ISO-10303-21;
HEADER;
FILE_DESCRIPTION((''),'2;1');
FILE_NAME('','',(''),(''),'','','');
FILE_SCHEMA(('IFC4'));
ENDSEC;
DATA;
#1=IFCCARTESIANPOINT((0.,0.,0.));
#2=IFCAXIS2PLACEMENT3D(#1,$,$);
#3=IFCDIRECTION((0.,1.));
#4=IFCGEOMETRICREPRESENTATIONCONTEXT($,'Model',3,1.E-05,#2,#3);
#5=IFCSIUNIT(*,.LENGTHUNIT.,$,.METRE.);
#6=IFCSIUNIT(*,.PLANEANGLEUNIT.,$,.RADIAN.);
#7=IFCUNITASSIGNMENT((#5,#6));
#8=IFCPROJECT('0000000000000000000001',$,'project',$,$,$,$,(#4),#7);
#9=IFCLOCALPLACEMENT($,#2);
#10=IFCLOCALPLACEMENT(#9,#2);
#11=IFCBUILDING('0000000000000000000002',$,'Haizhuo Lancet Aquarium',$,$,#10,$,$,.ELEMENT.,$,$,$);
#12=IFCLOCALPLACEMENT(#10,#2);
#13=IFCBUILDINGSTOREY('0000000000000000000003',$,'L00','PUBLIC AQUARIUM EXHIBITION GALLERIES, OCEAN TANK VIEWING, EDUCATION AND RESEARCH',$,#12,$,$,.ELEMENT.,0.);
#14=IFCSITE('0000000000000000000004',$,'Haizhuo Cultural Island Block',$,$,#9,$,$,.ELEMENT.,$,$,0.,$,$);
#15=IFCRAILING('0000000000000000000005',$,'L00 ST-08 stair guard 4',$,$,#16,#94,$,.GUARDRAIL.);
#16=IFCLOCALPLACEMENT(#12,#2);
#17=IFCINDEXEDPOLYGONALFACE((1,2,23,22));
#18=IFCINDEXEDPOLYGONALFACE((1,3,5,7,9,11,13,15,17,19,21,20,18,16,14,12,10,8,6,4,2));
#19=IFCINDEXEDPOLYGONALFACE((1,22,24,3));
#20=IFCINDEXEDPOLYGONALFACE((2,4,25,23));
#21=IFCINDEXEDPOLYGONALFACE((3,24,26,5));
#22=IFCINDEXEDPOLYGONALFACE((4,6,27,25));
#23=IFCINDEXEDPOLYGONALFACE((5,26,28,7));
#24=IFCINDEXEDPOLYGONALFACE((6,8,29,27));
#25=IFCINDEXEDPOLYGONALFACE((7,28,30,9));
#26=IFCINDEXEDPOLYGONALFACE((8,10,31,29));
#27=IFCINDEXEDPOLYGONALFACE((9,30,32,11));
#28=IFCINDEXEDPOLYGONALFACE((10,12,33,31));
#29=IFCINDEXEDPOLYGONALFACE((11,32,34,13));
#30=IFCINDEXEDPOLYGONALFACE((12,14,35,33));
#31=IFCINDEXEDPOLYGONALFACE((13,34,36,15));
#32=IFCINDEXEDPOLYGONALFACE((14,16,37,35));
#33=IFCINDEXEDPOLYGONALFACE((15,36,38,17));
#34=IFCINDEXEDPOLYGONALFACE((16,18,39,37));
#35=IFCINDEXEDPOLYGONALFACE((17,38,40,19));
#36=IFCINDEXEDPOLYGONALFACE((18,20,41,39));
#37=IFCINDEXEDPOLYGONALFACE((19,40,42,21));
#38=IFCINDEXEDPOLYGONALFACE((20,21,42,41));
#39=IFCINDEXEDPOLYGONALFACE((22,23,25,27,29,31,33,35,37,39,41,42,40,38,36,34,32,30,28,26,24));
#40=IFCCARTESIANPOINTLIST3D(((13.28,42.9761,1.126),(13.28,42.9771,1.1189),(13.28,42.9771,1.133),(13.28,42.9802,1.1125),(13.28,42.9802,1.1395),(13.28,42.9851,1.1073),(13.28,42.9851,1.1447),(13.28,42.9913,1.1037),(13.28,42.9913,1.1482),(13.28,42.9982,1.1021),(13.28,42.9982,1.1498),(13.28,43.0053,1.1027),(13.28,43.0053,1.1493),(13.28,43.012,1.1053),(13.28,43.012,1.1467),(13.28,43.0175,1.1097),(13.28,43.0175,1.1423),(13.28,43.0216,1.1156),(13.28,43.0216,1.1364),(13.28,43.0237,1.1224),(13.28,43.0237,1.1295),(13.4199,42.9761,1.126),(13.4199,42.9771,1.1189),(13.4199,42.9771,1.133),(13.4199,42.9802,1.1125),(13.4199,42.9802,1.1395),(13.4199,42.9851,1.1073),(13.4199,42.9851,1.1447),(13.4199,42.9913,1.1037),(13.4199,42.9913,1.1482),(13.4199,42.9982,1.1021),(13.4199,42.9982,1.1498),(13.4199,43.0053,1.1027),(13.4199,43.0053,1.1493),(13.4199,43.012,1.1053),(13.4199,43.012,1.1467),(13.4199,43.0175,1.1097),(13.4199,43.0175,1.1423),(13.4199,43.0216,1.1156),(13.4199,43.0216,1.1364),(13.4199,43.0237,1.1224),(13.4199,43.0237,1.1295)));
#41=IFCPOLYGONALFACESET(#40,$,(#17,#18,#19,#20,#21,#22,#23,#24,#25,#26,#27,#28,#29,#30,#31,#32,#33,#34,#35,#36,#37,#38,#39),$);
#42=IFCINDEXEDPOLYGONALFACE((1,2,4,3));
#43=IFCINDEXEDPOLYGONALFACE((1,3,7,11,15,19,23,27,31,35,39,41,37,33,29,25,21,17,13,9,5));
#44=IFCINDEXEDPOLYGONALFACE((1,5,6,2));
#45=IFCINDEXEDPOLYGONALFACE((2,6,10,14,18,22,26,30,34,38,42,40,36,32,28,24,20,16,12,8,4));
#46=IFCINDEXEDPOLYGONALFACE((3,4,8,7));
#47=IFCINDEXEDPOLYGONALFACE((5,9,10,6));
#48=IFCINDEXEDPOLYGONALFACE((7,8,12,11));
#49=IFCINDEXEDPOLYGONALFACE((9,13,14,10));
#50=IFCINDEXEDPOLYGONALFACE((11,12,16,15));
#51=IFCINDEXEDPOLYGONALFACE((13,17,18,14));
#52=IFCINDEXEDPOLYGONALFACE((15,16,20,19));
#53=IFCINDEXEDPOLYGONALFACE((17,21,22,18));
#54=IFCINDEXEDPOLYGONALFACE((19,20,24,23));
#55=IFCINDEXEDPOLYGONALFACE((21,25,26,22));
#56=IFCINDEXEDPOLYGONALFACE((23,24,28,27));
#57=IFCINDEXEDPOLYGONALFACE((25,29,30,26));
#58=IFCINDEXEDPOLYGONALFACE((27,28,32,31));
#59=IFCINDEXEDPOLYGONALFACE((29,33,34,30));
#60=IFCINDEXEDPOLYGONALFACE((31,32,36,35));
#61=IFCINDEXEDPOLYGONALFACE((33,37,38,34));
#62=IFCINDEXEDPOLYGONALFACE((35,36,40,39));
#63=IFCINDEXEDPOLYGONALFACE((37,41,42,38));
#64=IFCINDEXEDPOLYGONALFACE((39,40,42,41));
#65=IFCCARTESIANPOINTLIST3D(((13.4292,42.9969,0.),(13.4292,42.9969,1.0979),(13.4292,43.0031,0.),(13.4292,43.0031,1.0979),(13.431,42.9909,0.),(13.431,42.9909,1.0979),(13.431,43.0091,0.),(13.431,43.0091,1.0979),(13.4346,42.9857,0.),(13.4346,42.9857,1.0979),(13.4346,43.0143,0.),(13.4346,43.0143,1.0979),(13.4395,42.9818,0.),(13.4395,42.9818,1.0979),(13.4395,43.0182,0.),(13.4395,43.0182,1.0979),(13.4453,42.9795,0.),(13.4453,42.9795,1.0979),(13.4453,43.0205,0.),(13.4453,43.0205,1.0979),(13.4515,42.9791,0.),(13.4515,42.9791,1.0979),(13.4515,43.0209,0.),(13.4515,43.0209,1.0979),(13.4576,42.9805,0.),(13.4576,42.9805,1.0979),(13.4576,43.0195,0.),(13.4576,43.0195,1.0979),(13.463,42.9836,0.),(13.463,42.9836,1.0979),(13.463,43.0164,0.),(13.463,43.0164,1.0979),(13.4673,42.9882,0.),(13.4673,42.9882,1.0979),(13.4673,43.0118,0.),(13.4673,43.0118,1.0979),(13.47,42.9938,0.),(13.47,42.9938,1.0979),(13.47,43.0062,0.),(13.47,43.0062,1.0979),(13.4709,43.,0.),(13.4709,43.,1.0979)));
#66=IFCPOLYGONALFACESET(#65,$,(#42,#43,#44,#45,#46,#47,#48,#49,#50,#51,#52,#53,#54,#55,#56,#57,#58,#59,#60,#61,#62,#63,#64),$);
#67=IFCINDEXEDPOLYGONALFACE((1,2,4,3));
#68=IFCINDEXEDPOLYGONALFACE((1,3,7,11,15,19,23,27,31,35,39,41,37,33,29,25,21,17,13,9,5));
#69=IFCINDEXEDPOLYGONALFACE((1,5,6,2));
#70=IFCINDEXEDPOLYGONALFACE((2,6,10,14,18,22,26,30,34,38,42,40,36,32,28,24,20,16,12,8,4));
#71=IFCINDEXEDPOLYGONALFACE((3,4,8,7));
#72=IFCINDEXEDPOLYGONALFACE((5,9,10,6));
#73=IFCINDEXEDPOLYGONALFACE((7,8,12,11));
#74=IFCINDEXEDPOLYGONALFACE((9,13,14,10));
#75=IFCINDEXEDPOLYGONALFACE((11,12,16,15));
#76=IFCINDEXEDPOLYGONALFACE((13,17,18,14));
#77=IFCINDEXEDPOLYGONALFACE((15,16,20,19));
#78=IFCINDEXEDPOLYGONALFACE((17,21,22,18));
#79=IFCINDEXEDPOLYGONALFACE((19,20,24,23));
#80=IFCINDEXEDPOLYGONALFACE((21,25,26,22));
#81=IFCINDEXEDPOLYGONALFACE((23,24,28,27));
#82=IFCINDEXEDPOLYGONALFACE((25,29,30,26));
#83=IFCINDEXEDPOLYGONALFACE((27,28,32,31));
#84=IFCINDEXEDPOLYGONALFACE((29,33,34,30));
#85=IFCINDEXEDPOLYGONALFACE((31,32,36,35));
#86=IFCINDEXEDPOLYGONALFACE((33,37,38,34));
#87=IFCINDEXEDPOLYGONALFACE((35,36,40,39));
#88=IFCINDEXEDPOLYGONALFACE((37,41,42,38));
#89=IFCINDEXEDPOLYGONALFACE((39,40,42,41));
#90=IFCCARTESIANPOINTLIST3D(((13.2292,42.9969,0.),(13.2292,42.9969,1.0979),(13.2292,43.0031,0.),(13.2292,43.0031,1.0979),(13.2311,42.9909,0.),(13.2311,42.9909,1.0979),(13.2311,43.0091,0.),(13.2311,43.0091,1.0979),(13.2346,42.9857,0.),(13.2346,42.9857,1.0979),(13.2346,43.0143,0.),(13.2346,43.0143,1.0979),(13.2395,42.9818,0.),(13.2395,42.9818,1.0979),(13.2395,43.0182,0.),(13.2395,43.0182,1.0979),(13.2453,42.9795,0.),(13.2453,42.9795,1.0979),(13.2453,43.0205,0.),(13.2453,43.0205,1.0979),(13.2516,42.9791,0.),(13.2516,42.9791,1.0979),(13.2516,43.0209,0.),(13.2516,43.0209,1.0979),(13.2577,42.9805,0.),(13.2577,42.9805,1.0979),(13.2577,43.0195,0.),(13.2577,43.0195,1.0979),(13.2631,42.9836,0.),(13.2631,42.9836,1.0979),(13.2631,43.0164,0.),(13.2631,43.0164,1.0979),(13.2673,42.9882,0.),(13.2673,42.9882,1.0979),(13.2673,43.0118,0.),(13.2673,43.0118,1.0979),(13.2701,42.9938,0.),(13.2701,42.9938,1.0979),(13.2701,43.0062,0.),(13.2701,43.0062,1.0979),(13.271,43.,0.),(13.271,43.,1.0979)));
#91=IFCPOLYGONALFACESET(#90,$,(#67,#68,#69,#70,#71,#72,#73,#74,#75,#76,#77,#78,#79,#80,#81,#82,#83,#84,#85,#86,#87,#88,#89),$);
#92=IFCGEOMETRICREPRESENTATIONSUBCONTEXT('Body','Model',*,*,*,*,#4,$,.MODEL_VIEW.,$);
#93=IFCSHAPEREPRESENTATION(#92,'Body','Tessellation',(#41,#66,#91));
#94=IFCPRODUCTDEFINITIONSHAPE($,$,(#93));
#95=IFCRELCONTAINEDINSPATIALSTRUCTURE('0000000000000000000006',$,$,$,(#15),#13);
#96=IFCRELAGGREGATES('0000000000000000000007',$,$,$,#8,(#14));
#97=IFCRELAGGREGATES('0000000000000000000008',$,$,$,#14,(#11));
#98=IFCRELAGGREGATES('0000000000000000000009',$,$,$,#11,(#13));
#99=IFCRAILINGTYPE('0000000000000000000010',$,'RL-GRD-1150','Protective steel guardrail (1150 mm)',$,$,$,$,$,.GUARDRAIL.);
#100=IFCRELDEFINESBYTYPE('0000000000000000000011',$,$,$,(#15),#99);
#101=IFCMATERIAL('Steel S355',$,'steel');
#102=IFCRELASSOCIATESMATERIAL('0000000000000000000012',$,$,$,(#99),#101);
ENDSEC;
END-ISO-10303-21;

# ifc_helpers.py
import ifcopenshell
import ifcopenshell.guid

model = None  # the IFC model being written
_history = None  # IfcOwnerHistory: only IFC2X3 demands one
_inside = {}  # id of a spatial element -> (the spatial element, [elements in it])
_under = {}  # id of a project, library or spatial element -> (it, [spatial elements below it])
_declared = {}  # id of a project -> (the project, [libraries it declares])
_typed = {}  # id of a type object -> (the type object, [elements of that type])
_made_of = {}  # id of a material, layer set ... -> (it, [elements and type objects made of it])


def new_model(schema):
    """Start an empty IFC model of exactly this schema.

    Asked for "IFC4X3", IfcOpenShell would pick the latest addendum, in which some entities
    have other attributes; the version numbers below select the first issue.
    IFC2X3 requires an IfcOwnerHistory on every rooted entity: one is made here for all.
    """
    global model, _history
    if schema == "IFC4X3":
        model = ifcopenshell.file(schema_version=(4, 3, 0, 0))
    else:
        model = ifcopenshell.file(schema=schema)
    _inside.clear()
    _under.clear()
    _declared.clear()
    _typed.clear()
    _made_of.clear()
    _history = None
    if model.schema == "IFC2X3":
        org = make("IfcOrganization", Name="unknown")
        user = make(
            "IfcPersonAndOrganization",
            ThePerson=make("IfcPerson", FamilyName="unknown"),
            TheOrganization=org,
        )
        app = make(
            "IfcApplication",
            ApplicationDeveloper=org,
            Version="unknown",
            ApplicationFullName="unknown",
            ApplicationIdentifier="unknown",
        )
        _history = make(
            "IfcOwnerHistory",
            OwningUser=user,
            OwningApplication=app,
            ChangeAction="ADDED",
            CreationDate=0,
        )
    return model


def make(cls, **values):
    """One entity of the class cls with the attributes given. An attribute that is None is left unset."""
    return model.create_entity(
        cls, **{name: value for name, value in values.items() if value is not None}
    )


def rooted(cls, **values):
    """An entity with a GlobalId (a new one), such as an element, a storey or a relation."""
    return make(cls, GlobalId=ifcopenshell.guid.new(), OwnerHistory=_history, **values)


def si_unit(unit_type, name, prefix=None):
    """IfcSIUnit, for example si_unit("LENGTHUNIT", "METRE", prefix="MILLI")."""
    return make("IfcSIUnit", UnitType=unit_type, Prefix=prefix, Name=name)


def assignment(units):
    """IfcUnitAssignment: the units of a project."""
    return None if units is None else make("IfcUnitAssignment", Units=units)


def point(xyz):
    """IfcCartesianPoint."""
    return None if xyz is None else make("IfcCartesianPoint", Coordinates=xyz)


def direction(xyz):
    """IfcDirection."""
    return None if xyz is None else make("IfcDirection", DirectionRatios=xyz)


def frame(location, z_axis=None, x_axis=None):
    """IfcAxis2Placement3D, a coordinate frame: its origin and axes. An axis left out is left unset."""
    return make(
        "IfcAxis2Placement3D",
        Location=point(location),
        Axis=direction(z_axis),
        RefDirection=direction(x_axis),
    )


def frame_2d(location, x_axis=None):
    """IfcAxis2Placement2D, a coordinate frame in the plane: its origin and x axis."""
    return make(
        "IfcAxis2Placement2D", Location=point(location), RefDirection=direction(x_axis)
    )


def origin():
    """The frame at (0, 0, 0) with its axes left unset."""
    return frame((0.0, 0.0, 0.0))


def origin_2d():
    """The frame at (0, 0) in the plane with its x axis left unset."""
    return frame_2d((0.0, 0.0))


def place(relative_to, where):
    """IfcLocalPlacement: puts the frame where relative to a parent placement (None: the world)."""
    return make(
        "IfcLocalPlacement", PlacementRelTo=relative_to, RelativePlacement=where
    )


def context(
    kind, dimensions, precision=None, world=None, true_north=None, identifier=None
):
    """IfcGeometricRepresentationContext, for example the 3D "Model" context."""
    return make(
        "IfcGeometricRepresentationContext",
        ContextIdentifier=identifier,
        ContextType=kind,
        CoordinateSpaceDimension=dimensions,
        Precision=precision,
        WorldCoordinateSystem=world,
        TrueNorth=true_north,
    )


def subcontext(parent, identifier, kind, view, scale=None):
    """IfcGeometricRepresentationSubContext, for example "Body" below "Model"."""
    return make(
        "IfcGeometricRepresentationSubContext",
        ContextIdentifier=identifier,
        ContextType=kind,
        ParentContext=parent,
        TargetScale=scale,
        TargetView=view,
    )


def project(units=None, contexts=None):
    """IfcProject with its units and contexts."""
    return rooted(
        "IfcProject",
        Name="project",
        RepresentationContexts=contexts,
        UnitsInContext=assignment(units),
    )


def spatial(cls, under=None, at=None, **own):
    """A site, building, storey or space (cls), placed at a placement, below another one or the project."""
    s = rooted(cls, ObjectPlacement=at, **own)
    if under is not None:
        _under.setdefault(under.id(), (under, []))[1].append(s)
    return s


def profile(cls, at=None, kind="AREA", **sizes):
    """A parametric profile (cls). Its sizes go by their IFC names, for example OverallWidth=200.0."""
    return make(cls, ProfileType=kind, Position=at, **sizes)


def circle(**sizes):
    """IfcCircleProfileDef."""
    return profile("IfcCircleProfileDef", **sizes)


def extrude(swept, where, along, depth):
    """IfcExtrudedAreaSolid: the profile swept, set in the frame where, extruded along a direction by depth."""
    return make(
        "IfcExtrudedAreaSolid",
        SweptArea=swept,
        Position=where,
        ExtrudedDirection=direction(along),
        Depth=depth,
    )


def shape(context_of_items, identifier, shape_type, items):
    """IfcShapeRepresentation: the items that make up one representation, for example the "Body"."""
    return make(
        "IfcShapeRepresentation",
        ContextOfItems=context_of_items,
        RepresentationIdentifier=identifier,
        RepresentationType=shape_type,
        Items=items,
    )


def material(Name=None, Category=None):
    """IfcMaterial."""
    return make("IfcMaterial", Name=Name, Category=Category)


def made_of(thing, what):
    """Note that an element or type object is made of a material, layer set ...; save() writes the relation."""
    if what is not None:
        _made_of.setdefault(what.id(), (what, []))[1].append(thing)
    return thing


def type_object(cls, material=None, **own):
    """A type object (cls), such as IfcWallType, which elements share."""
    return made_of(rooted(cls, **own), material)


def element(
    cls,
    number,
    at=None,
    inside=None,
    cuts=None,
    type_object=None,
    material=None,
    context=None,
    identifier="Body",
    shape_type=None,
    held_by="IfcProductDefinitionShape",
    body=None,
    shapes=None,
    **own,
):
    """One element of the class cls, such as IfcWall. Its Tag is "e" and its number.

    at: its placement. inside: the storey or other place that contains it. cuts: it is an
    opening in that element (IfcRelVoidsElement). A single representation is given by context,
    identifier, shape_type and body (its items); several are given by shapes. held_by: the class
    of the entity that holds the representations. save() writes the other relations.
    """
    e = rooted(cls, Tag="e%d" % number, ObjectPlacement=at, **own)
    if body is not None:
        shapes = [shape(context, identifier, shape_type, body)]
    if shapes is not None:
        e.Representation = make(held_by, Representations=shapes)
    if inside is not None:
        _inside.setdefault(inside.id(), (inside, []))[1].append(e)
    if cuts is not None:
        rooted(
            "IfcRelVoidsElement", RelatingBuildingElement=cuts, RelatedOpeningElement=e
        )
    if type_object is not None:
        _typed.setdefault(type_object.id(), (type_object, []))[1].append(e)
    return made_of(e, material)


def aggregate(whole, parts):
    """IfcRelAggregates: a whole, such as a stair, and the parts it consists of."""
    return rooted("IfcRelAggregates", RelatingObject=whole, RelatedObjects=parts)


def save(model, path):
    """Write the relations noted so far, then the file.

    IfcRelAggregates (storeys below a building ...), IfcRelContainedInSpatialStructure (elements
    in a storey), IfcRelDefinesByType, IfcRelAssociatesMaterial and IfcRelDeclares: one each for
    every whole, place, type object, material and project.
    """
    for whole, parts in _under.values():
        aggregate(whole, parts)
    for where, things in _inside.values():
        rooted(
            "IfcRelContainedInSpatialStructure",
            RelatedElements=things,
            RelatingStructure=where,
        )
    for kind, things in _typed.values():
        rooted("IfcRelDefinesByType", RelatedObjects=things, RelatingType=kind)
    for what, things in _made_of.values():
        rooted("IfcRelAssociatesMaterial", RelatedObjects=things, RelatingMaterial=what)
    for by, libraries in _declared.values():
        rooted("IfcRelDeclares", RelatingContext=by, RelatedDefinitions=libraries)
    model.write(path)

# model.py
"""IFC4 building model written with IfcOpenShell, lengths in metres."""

from ifc_helpers import new_model, si_unit, direction, frame, origin, origin_2d, place, context, subcontext, project, spatial, circle, extrude, material, type_object, element, save


model = new_model("IFC4")

# Units and contexts
model_context = context("Model", 3, precision=1e-05, world=origin(), true_north=direction((0.0, 1.0)))
body_context = subcontext(model_context, "Body", "Model", "MODEL_VIEW")
ifc_project = project(units=[si_unit("LENGTHUNIT", "METRE"), si_unit("PLANEANGLEUNIT", "RADIAN")], contexts=[model_context])

# Site, building, storey
site_placement = place(None, origin())
site = spatial("IfcSite", under=ifc_project, at=site_placement, Name="Haizhuo Cultural Island Block", CompositionType="ELEMENT", RefElevation=0.0)
building_placement = place(site_placement, origin())
building = spatial("IfcBuilding", under=site, at=building_placement, Name="Haizhuo Lancet Aquarium", CompositionType="ELEMENT")
storey_placement = place(building_placement, origin())
storey = spatial("IfcBuildingStorey", under=building, at=storey_placement, Name="L00", Description="PUBLIC AQUARIUM EXHIBITION GALLERIES, OCEAN TANK VIEWING, EDUCATION AND RESEARCH", CompositionType="ELEMENT", Elevation=0.0)

# Shared definitions
ifc_material_1 = material(Name="Steel S355", Category="steel")

# Railing
railing_type_1 = type_object("IfcRailingType", Name="RL-GRD-1150", Description="Protective steel guardrail (1150 mm)", PredefinedType="GUARDRAIL", material=ifc_material_1)
railing_1_placement = place(storey_placement, frame((13.45, 43.0, 0.0)))
element("IfcRailing", 1, at=railing_1_placement, inside=storey, type_object=railing_type_1, Name="L00 ST-08 stair guard 4", PredefinedType="GUARDRAIL", context=body_context, shape_type="SweptSolid", body=[
    extrude(circle(Radius=0.0239, at=origin_2d()), frame((-0.03, 0.0, 1.126), z_axis=(-1.0, 0.0, 0.0), x_axis=(0.0, -1.0, 0.0)), (0.0, 0.0, 1.0), 0.1399),
    extrude(circle(Radius=0.021, at=origin_2d()), origin(), (0.0, 0.0, 1.0), 1.0979),
    extrude(circle(Radius=0.021, at=origin_2d()), frame((-0.2, 0.0, 0.0)), (0.0, 0.0, 1.0), 1.0979),
])

save(model, "model.ifc")
